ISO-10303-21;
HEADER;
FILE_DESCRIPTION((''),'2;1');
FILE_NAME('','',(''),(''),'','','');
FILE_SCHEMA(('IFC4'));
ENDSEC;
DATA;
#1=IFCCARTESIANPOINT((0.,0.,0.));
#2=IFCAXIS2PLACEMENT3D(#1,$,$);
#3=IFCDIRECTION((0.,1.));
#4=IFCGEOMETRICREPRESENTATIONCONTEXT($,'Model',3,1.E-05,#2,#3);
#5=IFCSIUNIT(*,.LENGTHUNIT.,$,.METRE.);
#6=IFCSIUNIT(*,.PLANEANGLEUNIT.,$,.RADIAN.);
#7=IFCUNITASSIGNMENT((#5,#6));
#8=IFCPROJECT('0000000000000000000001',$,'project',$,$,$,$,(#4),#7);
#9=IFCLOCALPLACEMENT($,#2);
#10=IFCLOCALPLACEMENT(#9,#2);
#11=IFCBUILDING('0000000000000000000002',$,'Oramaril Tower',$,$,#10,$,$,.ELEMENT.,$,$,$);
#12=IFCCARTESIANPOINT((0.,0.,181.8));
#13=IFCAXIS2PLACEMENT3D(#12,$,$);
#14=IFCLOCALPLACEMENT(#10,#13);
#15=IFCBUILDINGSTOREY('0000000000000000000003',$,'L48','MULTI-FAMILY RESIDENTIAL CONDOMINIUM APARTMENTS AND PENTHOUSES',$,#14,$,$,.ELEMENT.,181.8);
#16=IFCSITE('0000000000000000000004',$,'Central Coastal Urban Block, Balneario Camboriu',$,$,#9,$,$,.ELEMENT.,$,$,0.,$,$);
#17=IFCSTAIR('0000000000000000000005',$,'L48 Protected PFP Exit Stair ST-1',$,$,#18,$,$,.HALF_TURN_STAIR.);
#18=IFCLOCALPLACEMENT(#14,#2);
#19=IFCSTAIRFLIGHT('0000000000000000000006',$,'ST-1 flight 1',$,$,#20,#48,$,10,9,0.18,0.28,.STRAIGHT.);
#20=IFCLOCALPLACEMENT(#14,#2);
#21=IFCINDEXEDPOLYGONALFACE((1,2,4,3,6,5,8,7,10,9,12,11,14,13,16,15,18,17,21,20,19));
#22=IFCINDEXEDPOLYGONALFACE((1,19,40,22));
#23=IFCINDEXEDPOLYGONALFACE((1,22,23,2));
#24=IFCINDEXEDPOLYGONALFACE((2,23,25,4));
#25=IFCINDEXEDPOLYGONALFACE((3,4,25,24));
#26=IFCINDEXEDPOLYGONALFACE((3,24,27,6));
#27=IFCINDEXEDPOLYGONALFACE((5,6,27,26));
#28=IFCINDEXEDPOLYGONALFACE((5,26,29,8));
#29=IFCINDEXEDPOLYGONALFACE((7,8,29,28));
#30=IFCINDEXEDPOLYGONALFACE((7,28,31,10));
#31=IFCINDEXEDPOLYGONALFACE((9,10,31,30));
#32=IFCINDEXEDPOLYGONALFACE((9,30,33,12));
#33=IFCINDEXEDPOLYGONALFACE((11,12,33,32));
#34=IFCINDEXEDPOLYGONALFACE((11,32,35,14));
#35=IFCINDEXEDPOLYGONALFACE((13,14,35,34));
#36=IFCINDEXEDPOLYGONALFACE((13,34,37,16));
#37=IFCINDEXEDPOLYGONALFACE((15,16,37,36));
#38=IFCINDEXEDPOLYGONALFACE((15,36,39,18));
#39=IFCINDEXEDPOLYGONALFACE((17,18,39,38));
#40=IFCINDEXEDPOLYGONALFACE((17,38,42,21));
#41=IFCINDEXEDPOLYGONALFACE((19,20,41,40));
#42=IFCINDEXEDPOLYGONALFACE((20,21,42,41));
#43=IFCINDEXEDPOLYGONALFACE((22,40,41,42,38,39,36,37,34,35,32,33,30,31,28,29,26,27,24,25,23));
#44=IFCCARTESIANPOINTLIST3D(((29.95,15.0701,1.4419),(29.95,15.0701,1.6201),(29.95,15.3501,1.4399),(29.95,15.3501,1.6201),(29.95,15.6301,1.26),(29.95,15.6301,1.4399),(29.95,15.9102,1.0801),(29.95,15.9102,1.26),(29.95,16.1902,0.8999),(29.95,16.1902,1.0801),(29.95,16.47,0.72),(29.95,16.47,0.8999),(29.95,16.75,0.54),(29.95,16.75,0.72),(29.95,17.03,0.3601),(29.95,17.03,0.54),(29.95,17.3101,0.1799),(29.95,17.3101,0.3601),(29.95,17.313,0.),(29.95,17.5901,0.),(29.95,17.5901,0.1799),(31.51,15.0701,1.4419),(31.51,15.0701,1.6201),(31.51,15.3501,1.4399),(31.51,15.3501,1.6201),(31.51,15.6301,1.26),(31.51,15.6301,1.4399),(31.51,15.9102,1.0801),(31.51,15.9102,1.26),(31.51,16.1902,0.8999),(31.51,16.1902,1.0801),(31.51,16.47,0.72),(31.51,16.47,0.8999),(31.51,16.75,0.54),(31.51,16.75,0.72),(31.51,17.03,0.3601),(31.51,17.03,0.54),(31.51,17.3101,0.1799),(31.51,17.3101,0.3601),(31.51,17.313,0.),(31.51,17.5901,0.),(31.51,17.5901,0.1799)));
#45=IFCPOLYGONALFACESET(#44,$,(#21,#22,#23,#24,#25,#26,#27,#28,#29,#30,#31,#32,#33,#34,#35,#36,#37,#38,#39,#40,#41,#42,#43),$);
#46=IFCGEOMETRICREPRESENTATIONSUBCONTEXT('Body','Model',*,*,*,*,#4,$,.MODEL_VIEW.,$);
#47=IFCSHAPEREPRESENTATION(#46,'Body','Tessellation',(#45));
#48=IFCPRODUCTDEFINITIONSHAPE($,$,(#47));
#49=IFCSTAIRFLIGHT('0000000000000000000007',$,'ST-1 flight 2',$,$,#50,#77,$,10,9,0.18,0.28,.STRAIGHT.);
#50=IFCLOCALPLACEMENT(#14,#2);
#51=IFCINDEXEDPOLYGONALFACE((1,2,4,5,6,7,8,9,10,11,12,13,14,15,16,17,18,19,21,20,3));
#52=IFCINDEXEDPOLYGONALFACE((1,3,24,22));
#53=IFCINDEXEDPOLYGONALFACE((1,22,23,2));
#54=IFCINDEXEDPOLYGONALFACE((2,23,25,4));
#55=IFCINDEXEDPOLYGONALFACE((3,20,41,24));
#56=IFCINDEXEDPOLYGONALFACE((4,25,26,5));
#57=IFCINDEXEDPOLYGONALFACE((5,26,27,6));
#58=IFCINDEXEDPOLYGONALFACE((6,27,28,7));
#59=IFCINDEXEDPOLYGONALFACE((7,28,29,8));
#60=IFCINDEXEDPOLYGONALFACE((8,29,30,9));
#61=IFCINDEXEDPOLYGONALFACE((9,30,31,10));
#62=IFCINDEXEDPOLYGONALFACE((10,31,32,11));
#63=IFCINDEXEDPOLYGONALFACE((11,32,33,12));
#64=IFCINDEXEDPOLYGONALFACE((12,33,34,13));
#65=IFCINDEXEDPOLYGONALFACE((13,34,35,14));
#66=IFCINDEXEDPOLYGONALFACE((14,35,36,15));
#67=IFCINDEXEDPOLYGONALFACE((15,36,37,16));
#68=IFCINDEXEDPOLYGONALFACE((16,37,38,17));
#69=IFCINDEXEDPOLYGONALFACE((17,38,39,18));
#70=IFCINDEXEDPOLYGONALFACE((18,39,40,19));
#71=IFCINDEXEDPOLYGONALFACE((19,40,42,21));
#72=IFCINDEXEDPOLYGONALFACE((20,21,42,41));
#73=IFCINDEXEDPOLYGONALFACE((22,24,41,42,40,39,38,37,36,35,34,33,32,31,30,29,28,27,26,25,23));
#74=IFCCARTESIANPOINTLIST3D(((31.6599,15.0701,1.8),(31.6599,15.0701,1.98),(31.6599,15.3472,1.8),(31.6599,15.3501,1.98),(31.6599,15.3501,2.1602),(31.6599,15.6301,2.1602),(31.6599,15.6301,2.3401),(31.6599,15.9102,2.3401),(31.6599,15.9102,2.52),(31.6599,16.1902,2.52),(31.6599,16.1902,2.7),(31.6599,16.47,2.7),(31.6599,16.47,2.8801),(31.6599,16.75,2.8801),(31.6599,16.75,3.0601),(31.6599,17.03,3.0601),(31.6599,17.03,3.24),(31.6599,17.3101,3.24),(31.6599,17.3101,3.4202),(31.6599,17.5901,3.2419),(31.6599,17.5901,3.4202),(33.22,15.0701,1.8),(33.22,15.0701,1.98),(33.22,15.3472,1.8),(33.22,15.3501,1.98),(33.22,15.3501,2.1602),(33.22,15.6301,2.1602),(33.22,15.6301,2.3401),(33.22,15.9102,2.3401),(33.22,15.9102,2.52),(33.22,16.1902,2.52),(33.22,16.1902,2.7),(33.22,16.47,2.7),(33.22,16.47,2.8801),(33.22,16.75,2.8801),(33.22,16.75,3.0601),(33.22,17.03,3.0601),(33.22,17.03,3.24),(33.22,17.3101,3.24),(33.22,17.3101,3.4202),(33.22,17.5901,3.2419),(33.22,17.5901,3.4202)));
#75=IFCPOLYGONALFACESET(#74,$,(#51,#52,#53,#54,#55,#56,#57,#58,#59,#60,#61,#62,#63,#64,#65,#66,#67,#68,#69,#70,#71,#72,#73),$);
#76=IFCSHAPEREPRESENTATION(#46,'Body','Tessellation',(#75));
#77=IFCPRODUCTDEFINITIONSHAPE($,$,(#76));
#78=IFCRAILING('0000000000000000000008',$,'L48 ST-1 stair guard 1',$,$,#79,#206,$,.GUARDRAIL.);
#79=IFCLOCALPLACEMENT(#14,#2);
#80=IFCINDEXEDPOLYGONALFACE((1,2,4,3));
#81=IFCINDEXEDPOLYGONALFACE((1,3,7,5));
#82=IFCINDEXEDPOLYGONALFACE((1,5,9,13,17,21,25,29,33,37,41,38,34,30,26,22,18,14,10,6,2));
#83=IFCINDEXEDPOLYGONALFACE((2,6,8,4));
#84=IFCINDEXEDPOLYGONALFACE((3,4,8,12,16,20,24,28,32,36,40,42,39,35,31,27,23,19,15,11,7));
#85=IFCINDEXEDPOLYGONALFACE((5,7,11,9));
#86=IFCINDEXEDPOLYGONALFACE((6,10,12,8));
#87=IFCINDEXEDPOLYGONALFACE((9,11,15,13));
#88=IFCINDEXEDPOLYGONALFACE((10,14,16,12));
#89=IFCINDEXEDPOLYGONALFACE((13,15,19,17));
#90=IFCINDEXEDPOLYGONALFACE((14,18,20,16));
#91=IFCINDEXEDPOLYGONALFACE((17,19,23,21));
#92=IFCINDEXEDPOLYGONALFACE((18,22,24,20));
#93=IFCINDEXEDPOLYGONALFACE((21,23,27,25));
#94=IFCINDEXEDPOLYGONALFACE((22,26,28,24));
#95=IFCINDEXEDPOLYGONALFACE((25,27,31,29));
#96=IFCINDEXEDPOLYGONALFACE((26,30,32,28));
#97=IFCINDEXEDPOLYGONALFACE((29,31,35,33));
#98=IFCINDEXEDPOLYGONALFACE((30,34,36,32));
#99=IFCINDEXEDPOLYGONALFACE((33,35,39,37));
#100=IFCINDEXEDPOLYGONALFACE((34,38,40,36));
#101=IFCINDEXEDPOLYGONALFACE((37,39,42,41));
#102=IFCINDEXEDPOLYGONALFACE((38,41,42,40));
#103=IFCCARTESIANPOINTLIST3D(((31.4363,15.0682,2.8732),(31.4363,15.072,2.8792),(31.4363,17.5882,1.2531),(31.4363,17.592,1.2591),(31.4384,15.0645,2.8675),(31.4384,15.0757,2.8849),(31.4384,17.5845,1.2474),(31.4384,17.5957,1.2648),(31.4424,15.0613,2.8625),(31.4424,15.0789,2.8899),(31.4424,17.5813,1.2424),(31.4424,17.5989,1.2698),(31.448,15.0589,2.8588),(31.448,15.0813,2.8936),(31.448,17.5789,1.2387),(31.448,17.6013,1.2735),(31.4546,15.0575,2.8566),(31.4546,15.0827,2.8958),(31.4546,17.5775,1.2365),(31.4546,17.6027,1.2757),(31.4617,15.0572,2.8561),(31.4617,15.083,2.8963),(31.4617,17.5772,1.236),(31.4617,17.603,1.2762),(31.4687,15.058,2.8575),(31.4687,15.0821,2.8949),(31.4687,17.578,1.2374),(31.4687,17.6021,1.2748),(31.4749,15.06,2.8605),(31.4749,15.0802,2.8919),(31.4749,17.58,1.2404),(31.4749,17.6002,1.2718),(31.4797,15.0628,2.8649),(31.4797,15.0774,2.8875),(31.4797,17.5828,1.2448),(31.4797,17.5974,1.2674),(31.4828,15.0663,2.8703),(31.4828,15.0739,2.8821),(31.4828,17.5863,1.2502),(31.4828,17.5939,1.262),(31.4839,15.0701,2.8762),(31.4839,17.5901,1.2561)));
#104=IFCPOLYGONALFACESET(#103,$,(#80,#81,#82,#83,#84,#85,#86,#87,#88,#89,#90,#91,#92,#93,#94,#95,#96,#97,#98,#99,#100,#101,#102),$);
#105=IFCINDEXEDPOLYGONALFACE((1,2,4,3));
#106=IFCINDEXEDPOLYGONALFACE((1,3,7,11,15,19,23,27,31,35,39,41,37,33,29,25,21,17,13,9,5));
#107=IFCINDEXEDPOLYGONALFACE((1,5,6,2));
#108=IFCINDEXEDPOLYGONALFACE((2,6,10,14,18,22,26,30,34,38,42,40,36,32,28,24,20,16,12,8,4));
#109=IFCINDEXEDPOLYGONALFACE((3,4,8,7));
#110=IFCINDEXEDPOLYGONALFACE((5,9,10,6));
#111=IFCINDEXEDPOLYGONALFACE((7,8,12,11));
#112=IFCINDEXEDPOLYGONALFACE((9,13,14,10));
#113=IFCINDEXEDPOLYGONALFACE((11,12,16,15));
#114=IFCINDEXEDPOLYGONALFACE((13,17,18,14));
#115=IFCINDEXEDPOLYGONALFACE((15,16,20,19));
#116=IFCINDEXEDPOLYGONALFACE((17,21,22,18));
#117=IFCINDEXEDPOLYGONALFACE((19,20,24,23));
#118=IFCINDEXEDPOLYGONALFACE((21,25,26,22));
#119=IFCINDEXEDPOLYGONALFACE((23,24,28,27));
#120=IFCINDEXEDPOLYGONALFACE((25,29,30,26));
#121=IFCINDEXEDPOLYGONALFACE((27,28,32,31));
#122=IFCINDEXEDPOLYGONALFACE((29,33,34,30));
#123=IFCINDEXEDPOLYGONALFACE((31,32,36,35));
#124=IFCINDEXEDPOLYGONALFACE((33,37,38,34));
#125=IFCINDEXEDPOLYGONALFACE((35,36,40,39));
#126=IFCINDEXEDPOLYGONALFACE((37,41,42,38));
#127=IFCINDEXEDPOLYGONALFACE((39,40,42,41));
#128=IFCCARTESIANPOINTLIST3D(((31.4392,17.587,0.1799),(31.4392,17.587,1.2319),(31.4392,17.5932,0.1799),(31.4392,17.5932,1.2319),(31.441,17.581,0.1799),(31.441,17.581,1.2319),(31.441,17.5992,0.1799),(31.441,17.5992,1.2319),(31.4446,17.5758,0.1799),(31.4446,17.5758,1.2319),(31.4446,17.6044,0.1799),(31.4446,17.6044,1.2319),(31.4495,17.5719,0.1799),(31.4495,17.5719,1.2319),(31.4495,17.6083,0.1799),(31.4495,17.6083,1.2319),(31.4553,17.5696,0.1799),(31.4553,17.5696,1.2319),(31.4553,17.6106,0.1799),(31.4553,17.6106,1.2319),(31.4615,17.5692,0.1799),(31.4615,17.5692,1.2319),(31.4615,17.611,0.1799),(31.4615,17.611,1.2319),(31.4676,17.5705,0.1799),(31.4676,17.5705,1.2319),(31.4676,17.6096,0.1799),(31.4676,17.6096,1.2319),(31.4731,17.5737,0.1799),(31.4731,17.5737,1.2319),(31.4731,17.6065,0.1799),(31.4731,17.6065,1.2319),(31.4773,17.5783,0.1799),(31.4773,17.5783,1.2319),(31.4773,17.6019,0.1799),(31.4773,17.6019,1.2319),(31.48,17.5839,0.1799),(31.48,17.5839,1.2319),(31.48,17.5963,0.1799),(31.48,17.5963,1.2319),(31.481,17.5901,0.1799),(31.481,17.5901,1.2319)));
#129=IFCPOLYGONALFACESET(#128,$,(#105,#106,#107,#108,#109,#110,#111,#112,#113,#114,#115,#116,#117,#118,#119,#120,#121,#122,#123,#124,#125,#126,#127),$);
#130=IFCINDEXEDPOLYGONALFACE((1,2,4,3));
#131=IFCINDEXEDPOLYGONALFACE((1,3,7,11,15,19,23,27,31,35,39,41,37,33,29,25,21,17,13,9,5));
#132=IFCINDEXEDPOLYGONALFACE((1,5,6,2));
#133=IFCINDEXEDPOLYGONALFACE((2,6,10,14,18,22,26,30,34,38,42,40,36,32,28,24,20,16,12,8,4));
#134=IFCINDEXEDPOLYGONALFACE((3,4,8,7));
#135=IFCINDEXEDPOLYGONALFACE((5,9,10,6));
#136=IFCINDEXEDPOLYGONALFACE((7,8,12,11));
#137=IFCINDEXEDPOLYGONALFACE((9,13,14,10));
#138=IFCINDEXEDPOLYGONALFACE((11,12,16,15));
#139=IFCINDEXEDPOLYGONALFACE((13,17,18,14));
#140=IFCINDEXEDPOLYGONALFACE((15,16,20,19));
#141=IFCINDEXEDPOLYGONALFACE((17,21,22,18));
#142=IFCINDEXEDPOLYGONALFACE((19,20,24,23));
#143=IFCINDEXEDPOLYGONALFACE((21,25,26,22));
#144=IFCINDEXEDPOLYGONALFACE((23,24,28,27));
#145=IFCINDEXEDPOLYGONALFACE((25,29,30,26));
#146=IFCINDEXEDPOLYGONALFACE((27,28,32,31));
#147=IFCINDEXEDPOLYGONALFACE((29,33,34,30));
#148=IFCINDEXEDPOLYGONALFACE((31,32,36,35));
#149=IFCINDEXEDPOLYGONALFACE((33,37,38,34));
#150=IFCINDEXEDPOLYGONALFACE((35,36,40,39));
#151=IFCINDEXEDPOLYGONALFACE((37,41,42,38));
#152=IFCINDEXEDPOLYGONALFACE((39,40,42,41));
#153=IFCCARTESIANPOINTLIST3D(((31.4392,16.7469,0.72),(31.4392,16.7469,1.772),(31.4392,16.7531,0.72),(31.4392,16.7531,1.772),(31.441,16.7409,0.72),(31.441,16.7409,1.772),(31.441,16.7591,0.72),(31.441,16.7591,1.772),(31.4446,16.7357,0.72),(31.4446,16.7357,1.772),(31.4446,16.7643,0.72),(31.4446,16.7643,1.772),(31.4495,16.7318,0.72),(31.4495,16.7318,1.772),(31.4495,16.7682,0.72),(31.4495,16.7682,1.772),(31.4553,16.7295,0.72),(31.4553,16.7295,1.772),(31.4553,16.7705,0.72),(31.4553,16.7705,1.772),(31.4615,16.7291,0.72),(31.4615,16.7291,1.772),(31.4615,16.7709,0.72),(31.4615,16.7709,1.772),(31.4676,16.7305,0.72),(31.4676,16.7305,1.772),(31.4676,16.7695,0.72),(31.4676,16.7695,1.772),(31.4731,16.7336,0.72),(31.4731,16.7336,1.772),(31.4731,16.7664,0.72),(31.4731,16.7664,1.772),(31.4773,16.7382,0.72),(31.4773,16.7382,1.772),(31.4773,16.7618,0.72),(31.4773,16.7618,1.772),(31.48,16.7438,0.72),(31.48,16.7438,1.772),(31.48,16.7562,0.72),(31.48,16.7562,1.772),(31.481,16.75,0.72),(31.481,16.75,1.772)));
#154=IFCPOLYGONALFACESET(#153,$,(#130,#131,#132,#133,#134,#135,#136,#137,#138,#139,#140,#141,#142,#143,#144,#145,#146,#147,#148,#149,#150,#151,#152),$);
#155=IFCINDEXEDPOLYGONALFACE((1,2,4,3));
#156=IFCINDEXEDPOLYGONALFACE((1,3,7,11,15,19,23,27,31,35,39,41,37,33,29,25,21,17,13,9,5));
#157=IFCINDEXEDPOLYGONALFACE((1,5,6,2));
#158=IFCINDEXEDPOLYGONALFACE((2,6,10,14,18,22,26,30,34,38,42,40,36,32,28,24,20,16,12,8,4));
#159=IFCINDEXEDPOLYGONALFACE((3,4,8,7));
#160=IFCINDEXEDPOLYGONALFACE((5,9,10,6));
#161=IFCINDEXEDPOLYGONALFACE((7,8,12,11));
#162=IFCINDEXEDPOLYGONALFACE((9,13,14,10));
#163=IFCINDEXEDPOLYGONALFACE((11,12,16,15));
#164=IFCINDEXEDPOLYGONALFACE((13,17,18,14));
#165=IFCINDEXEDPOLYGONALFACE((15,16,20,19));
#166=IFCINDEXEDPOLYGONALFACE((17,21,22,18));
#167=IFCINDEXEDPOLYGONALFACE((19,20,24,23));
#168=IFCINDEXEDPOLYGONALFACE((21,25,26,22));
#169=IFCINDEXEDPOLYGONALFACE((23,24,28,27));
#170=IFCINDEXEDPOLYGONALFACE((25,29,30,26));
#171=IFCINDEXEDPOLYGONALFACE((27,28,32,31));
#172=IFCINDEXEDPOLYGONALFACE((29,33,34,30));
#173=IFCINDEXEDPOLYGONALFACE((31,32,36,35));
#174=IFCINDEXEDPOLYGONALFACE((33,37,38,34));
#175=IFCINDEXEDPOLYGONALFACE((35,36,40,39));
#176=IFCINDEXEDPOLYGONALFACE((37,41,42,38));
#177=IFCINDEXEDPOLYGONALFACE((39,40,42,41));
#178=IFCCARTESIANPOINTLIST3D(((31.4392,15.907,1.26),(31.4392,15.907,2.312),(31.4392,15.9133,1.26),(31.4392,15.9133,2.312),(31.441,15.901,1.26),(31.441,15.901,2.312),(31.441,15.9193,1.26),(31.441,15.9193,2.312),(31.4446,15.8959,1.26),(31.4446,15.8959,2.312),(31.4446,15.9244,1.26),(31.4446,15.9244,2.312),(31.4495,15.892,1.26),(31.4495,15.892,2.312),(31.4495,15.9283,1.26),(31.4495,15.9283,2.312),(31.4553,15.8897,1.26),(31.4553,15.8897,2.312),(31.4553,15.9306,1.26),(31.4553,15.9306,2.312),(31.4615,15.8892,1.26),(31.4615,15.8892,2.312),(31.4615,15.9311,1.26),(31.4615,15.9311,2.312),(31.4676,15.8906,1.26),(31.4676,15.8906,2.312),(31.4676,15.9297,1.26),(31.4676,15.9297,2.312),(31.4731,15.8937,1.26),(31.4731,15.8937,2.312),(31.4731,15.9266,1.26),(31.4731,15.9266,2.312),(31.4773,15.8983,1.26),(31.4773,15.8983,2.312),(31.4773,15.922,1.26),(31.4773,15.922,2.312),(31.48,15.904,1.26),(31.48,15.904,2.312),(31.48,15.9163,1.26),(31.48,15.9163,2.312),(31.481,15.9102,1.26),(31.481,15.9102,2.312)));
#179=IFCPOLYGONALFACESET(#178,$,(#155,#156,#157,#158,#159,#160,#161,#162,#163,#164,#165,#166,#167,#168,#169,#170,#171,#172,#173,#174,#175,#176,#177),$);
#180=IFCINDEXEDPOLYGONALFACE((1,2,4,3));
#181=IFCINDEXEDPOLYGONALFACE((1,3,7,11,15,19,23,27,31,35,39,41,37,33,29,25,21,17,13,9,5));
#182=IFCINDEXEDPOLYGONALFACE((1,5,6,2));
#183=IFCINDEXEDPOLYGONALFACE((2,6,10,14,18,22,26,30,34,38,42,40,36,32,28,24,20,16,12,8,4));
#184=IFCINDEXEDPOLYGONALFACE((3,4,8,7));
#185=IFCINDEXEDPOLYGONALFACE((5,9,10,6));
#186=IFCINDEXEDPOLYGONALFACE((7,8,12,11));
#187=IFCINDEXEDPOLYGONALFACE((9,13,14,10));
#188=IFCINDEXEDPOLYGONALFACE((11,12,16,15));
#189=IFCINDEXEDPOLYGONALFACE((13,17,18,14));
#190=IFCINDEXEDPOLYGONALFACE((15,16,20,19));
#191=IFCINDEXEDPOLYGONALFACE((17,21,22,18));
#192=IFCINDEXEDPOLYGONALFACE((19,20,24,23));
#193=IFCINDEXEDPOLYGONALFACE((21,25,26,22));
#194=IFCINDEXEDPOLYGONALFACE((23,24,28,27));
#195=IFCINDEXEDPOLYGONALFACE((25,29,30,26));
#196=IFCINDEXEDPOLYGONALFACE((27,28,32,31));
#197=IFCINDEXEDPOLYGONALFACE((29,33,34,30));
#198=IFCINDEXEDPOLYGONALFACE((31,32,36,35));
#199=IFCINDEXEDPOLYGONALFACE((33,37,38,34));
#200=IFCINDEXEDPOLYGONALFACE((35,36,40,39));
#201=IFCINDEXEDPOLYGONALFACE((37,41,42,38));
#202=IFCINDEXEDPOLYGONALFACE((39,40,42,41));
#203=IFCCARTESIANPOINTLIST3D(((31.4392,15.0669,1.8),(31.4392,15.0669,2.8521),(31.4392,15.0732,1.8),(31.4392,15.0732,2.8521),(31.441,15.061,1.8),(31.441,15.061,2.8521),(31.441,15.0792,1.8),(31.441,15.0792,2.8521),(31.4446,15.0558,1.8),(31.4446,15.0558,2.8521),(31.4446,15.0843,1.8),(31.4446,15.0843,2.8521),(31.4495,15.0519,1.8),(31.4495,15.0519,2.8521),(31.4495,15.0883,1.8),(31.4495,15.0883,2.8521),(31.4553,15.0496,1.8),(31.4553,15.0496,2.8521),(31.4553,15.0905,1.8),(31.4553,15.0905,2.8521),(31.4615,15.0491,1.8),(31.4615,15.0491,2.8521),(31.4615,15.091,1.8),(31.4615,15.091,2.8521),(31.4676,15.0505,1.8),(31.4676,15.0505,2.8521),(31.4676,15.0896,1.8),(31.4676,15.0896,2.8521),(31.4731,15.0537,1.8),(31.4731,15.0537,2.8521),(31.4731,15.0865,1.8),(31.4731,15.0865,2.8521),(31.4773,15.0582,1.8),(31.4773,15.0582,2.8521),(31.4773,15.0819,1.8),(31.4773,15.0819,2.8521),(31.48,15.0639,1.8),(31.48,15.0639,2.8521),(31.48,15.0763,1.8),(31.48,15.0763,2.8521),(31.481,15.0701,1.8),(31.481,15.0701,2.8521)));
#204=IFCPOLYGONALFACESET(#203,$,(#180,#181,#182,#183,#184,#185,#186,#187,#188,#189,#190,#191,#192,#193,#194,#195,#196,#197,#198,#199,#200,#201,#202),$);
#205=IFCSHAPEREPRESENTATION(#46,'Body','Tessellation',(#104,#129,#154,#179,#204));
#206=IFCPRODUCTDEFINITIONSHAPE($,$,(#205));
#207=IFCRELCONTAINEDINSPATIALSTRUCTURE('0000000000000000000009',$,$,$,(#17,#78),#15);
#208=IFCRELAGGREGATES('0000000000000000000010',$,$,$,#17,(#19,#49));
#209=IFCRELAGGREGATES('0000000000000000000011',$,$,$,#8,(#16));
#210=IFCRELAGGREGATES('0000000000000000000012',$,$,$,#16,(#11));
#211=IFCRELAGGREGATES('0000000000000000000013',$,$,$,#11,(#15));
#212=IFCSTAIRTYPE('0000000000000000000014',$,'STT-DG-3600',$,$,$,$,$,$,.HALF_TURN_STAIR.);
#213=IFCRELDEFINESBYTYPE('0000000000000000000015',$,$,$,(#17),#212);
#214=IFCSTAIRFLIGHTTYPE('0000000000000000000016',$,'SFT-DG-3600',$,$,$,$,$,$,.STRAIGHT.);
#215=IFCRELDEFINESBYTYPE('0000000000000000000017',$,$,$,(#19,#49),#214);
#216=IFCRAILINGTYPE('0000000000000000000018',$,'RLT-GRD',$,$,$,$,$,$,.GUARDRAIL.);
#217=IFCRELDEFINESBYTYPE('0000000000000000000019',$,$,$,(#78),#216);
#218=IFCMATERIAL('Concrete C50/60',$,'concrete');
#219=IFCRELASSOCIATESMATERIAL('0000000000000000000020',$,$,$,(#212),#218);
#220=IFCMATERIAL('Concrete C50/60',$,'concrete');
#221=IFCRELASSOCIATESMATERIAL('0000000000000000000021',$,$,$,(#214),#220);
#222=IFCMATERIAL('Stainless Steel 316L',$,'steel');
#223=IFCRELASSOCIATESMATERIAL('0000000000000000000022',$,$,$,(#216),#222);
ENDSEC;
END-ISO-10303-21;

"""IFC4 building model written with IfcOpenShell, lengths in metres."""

from ifc_helpers import new_model, si_unit, direction, frame, origin, origin_2d, place, context, subcontext, project, spatial, polyline, circle, outline, extrude, material, type_object, element, aggregate, save


model = new_model("IFC4")

# Units and contexts
model_context = context("Model", 3, precision=1e-05, world=origin(), true_north=direction((0.0, 1.0)))
body_context = subcontext(model_context, "Body", "Model", "MODEL_VIEW")
ifc_project = project(units=[si_unit("LENGTHUNIT", "METRE"), si_unit("PLANEANGLEUNIT", "RADIAN")], contexts=[model_context])

# Site, building, storey
site_placement = place(None, origin())
site = spatial("IfcSite", under=ifc_project, at=site_placement, Name="Central Coastal Urban Block, Balneario Camboriu", CompositionType="ELEMENT", RefElevation=0.0)
building_placement = place(site_placement, origin())
building = spatial("IfcBuilding", under=site, at=building_placement, Name="Oramaril Tower", CompositionType="ELEMENT")
storey_placement = place(building_placement, frame((0.0, 0.0, 181.8)))
storey = spatial("IfcBuildingStorey", under=building, at=storey_placement, Name="L48", Description="MULTI-FAMILY RESIDENTIAL CONDOMINIUM APARTMENTS AND PENTHOUSES", CompositionType="ELEMENT", Elevation=181.8)

# Stair, stair flights
ifc_material_1 = material(Name="Concrete C50/60", Category="concrete")
stair_type = type_object("IfcStairType", Name="STT-DG-3600", PredefinedType="HALF_TURN_STAIR", material=ifc_material_1)
stair_placement = place(storey_placement, origin())
stair = element("IfcStair", 1, at=stair_placement, inside=storey, type_object=stair_type, Name="L48 Protected PFP Exit Stair ST-1", PredefinedType="HALF_TURN_STAIR")
ifc_material_2 = material(Name="Concrete C50/60", Category="concrete")
stair_flight_type = type_object("IfcStairFlightType", Name="SFT-DG-3600", PredefinedType="STRAIGHT", material=ifc_material_2)
stair_flight_1_placement = place(storey_placement, frame((30.73, 17.5901, 0.0), z_axis=(0.0, 0.0, 1.0), x_axis=(0.0, -1.0, 0.0)))
stair_flight_1 = element("IfcStairFlight", 2, at=stair_flight_1_placement, type_object=stair_flight_type, Name="ST-1 flight 1", NumberOfRisers=10, NumberOfTreads=9, PredefinedType="STRAIGHT", RiserHeight=0.18, TreadLength=0.28, context=body_context, shape_type="SweptSolid", body=[
    extrude(outline(polyline([(0.0, 0.0), (0.0, 0.1799), (0.28, 0.1799), (0.28, 0.3601), (0.5601, 0.3601), (0.5601, 0.54), (0.8401, 0.54), (0.8401, 0.72), (1.1201, 0.72), (1.1201, 0.8999), (1.3999, 0.8999), (1.3999, 1.0801), (1.6799, 1.0801), (1.6799, 1.26), (1.96, 1.26), (1.96, 1.4399), (2.24, 1.4399), (2.24, 1.6201), (2.52, 1.6201), (2.52, 1.8), (2.52, 1.4419), (0.2771, 0.0), (0.0, 0.0)])), frame((0.0, 0.78, 0.0), z_axis=(0.0, -1.0, 0.0), x_axis=(1.0, 0.0, 0.0)), (0.0, 0.0, 1.0), 1.5601),
])
stair_flight_2_placement = place(storey_placement, frame((32.4399, 15.0701, 1.8), z_axis=(0.0, 0.0, 1.0), x_axis=(0.0, 1.0, 0.0)))
stair_flight_2 = element("IfcStairFlight", 3, at=stair_flight_2_placement, type_object=stair_flight_type, Name="ST-1 flight 2", NumberOfRisers=10, NumberOfTreads=9, PredefinedType="STRAIGHT", RiserHeight=0.18, TreadLength=0.28, context=body_context, shape_type="SweptSolid", body=[
    extrude(outline(polyline([(0.0, 0.0), (0.0, 0.1799), (0.28, 0.1799), (0.28, 0.3601), (0.5601, 0.3601), (0.5601, 0.54), (0.8401, 0.54), (0.8401, 0.72), (1.1201, 0.72), (1.1201, 0.8999), (1.3999, 0.8999), (1.3999, 1.0801), (1.6799, 1.0801), (1.6799, 1.26), (1.96, 1.26), (1.96, 1.4399), (2.24, 1.4399), (2.24, 1.6201), (2.52, 1.6201), (2.52, 1.8), (2.52, 1.4419), (0.2771, 0.0), (0.0, 0.0)])), frame((0.0, 0.78, 0.0), z_axis=(0.0, -1.0, 0.0), x_axis=(1.0, 0.0, 0.0)), (0.0, 0.0, 1.0), 1.5601),
])
aggregate(stair, [stair_flight_1, stair_flight_2])

# Railing
ifc_material_3 = material(Name="Stainless Steel 316L", Category="steel")
railing_type_1 = type_object("IfcRailingType", Name="RLT-GRD", PredefinedType="GUARDRAIL", material=ifc_material_3)
railing_1_placement = place(storey_placement, frame((31.46, 17.5901, 0.1799)))
element("IfcRailing", 4, at=railing_1_placement, inside=storey, type_object=railing_type_1, Name="L48 ST-1 stair guard 1", PredefinedType="GUARDRAIL", context=body_context, shape_type="SweptSolid", body=[
    extrude(circle(Radius=0.0239, at=origin_2d()), frame((0.0, 0.0, 1.0762), z_axis=(0.0, -0.841163, 0.540782), x_axis=(1.0, 0.0, 0.0)), (0.0, 0.0, 1.0), 2.9958),
    extrude(circle(Radius=0.021, at=origin_2d()), origin(), (0.0, 0.0, 1.0), 1.052),
    extrude(circle(Radius=0.021, at=origin_2d()), frame((0.0, -0.8401, 0.54)), (0.0, 0.0, 1.0), 1.052),
    extrude(circle(Radius=0.021, at=origin_2d()), frame((0.0, -1.6799, 1.0801)), (0.0, 0.0, 1.0), 1.052),
    extrude(circle(Radius=0.021, at=origin_2d()), frame((0.0, -2.52, 1.6201)), (0.0, 0.0, 1.0), 1.052),
])

save(model, "model.ifc")
